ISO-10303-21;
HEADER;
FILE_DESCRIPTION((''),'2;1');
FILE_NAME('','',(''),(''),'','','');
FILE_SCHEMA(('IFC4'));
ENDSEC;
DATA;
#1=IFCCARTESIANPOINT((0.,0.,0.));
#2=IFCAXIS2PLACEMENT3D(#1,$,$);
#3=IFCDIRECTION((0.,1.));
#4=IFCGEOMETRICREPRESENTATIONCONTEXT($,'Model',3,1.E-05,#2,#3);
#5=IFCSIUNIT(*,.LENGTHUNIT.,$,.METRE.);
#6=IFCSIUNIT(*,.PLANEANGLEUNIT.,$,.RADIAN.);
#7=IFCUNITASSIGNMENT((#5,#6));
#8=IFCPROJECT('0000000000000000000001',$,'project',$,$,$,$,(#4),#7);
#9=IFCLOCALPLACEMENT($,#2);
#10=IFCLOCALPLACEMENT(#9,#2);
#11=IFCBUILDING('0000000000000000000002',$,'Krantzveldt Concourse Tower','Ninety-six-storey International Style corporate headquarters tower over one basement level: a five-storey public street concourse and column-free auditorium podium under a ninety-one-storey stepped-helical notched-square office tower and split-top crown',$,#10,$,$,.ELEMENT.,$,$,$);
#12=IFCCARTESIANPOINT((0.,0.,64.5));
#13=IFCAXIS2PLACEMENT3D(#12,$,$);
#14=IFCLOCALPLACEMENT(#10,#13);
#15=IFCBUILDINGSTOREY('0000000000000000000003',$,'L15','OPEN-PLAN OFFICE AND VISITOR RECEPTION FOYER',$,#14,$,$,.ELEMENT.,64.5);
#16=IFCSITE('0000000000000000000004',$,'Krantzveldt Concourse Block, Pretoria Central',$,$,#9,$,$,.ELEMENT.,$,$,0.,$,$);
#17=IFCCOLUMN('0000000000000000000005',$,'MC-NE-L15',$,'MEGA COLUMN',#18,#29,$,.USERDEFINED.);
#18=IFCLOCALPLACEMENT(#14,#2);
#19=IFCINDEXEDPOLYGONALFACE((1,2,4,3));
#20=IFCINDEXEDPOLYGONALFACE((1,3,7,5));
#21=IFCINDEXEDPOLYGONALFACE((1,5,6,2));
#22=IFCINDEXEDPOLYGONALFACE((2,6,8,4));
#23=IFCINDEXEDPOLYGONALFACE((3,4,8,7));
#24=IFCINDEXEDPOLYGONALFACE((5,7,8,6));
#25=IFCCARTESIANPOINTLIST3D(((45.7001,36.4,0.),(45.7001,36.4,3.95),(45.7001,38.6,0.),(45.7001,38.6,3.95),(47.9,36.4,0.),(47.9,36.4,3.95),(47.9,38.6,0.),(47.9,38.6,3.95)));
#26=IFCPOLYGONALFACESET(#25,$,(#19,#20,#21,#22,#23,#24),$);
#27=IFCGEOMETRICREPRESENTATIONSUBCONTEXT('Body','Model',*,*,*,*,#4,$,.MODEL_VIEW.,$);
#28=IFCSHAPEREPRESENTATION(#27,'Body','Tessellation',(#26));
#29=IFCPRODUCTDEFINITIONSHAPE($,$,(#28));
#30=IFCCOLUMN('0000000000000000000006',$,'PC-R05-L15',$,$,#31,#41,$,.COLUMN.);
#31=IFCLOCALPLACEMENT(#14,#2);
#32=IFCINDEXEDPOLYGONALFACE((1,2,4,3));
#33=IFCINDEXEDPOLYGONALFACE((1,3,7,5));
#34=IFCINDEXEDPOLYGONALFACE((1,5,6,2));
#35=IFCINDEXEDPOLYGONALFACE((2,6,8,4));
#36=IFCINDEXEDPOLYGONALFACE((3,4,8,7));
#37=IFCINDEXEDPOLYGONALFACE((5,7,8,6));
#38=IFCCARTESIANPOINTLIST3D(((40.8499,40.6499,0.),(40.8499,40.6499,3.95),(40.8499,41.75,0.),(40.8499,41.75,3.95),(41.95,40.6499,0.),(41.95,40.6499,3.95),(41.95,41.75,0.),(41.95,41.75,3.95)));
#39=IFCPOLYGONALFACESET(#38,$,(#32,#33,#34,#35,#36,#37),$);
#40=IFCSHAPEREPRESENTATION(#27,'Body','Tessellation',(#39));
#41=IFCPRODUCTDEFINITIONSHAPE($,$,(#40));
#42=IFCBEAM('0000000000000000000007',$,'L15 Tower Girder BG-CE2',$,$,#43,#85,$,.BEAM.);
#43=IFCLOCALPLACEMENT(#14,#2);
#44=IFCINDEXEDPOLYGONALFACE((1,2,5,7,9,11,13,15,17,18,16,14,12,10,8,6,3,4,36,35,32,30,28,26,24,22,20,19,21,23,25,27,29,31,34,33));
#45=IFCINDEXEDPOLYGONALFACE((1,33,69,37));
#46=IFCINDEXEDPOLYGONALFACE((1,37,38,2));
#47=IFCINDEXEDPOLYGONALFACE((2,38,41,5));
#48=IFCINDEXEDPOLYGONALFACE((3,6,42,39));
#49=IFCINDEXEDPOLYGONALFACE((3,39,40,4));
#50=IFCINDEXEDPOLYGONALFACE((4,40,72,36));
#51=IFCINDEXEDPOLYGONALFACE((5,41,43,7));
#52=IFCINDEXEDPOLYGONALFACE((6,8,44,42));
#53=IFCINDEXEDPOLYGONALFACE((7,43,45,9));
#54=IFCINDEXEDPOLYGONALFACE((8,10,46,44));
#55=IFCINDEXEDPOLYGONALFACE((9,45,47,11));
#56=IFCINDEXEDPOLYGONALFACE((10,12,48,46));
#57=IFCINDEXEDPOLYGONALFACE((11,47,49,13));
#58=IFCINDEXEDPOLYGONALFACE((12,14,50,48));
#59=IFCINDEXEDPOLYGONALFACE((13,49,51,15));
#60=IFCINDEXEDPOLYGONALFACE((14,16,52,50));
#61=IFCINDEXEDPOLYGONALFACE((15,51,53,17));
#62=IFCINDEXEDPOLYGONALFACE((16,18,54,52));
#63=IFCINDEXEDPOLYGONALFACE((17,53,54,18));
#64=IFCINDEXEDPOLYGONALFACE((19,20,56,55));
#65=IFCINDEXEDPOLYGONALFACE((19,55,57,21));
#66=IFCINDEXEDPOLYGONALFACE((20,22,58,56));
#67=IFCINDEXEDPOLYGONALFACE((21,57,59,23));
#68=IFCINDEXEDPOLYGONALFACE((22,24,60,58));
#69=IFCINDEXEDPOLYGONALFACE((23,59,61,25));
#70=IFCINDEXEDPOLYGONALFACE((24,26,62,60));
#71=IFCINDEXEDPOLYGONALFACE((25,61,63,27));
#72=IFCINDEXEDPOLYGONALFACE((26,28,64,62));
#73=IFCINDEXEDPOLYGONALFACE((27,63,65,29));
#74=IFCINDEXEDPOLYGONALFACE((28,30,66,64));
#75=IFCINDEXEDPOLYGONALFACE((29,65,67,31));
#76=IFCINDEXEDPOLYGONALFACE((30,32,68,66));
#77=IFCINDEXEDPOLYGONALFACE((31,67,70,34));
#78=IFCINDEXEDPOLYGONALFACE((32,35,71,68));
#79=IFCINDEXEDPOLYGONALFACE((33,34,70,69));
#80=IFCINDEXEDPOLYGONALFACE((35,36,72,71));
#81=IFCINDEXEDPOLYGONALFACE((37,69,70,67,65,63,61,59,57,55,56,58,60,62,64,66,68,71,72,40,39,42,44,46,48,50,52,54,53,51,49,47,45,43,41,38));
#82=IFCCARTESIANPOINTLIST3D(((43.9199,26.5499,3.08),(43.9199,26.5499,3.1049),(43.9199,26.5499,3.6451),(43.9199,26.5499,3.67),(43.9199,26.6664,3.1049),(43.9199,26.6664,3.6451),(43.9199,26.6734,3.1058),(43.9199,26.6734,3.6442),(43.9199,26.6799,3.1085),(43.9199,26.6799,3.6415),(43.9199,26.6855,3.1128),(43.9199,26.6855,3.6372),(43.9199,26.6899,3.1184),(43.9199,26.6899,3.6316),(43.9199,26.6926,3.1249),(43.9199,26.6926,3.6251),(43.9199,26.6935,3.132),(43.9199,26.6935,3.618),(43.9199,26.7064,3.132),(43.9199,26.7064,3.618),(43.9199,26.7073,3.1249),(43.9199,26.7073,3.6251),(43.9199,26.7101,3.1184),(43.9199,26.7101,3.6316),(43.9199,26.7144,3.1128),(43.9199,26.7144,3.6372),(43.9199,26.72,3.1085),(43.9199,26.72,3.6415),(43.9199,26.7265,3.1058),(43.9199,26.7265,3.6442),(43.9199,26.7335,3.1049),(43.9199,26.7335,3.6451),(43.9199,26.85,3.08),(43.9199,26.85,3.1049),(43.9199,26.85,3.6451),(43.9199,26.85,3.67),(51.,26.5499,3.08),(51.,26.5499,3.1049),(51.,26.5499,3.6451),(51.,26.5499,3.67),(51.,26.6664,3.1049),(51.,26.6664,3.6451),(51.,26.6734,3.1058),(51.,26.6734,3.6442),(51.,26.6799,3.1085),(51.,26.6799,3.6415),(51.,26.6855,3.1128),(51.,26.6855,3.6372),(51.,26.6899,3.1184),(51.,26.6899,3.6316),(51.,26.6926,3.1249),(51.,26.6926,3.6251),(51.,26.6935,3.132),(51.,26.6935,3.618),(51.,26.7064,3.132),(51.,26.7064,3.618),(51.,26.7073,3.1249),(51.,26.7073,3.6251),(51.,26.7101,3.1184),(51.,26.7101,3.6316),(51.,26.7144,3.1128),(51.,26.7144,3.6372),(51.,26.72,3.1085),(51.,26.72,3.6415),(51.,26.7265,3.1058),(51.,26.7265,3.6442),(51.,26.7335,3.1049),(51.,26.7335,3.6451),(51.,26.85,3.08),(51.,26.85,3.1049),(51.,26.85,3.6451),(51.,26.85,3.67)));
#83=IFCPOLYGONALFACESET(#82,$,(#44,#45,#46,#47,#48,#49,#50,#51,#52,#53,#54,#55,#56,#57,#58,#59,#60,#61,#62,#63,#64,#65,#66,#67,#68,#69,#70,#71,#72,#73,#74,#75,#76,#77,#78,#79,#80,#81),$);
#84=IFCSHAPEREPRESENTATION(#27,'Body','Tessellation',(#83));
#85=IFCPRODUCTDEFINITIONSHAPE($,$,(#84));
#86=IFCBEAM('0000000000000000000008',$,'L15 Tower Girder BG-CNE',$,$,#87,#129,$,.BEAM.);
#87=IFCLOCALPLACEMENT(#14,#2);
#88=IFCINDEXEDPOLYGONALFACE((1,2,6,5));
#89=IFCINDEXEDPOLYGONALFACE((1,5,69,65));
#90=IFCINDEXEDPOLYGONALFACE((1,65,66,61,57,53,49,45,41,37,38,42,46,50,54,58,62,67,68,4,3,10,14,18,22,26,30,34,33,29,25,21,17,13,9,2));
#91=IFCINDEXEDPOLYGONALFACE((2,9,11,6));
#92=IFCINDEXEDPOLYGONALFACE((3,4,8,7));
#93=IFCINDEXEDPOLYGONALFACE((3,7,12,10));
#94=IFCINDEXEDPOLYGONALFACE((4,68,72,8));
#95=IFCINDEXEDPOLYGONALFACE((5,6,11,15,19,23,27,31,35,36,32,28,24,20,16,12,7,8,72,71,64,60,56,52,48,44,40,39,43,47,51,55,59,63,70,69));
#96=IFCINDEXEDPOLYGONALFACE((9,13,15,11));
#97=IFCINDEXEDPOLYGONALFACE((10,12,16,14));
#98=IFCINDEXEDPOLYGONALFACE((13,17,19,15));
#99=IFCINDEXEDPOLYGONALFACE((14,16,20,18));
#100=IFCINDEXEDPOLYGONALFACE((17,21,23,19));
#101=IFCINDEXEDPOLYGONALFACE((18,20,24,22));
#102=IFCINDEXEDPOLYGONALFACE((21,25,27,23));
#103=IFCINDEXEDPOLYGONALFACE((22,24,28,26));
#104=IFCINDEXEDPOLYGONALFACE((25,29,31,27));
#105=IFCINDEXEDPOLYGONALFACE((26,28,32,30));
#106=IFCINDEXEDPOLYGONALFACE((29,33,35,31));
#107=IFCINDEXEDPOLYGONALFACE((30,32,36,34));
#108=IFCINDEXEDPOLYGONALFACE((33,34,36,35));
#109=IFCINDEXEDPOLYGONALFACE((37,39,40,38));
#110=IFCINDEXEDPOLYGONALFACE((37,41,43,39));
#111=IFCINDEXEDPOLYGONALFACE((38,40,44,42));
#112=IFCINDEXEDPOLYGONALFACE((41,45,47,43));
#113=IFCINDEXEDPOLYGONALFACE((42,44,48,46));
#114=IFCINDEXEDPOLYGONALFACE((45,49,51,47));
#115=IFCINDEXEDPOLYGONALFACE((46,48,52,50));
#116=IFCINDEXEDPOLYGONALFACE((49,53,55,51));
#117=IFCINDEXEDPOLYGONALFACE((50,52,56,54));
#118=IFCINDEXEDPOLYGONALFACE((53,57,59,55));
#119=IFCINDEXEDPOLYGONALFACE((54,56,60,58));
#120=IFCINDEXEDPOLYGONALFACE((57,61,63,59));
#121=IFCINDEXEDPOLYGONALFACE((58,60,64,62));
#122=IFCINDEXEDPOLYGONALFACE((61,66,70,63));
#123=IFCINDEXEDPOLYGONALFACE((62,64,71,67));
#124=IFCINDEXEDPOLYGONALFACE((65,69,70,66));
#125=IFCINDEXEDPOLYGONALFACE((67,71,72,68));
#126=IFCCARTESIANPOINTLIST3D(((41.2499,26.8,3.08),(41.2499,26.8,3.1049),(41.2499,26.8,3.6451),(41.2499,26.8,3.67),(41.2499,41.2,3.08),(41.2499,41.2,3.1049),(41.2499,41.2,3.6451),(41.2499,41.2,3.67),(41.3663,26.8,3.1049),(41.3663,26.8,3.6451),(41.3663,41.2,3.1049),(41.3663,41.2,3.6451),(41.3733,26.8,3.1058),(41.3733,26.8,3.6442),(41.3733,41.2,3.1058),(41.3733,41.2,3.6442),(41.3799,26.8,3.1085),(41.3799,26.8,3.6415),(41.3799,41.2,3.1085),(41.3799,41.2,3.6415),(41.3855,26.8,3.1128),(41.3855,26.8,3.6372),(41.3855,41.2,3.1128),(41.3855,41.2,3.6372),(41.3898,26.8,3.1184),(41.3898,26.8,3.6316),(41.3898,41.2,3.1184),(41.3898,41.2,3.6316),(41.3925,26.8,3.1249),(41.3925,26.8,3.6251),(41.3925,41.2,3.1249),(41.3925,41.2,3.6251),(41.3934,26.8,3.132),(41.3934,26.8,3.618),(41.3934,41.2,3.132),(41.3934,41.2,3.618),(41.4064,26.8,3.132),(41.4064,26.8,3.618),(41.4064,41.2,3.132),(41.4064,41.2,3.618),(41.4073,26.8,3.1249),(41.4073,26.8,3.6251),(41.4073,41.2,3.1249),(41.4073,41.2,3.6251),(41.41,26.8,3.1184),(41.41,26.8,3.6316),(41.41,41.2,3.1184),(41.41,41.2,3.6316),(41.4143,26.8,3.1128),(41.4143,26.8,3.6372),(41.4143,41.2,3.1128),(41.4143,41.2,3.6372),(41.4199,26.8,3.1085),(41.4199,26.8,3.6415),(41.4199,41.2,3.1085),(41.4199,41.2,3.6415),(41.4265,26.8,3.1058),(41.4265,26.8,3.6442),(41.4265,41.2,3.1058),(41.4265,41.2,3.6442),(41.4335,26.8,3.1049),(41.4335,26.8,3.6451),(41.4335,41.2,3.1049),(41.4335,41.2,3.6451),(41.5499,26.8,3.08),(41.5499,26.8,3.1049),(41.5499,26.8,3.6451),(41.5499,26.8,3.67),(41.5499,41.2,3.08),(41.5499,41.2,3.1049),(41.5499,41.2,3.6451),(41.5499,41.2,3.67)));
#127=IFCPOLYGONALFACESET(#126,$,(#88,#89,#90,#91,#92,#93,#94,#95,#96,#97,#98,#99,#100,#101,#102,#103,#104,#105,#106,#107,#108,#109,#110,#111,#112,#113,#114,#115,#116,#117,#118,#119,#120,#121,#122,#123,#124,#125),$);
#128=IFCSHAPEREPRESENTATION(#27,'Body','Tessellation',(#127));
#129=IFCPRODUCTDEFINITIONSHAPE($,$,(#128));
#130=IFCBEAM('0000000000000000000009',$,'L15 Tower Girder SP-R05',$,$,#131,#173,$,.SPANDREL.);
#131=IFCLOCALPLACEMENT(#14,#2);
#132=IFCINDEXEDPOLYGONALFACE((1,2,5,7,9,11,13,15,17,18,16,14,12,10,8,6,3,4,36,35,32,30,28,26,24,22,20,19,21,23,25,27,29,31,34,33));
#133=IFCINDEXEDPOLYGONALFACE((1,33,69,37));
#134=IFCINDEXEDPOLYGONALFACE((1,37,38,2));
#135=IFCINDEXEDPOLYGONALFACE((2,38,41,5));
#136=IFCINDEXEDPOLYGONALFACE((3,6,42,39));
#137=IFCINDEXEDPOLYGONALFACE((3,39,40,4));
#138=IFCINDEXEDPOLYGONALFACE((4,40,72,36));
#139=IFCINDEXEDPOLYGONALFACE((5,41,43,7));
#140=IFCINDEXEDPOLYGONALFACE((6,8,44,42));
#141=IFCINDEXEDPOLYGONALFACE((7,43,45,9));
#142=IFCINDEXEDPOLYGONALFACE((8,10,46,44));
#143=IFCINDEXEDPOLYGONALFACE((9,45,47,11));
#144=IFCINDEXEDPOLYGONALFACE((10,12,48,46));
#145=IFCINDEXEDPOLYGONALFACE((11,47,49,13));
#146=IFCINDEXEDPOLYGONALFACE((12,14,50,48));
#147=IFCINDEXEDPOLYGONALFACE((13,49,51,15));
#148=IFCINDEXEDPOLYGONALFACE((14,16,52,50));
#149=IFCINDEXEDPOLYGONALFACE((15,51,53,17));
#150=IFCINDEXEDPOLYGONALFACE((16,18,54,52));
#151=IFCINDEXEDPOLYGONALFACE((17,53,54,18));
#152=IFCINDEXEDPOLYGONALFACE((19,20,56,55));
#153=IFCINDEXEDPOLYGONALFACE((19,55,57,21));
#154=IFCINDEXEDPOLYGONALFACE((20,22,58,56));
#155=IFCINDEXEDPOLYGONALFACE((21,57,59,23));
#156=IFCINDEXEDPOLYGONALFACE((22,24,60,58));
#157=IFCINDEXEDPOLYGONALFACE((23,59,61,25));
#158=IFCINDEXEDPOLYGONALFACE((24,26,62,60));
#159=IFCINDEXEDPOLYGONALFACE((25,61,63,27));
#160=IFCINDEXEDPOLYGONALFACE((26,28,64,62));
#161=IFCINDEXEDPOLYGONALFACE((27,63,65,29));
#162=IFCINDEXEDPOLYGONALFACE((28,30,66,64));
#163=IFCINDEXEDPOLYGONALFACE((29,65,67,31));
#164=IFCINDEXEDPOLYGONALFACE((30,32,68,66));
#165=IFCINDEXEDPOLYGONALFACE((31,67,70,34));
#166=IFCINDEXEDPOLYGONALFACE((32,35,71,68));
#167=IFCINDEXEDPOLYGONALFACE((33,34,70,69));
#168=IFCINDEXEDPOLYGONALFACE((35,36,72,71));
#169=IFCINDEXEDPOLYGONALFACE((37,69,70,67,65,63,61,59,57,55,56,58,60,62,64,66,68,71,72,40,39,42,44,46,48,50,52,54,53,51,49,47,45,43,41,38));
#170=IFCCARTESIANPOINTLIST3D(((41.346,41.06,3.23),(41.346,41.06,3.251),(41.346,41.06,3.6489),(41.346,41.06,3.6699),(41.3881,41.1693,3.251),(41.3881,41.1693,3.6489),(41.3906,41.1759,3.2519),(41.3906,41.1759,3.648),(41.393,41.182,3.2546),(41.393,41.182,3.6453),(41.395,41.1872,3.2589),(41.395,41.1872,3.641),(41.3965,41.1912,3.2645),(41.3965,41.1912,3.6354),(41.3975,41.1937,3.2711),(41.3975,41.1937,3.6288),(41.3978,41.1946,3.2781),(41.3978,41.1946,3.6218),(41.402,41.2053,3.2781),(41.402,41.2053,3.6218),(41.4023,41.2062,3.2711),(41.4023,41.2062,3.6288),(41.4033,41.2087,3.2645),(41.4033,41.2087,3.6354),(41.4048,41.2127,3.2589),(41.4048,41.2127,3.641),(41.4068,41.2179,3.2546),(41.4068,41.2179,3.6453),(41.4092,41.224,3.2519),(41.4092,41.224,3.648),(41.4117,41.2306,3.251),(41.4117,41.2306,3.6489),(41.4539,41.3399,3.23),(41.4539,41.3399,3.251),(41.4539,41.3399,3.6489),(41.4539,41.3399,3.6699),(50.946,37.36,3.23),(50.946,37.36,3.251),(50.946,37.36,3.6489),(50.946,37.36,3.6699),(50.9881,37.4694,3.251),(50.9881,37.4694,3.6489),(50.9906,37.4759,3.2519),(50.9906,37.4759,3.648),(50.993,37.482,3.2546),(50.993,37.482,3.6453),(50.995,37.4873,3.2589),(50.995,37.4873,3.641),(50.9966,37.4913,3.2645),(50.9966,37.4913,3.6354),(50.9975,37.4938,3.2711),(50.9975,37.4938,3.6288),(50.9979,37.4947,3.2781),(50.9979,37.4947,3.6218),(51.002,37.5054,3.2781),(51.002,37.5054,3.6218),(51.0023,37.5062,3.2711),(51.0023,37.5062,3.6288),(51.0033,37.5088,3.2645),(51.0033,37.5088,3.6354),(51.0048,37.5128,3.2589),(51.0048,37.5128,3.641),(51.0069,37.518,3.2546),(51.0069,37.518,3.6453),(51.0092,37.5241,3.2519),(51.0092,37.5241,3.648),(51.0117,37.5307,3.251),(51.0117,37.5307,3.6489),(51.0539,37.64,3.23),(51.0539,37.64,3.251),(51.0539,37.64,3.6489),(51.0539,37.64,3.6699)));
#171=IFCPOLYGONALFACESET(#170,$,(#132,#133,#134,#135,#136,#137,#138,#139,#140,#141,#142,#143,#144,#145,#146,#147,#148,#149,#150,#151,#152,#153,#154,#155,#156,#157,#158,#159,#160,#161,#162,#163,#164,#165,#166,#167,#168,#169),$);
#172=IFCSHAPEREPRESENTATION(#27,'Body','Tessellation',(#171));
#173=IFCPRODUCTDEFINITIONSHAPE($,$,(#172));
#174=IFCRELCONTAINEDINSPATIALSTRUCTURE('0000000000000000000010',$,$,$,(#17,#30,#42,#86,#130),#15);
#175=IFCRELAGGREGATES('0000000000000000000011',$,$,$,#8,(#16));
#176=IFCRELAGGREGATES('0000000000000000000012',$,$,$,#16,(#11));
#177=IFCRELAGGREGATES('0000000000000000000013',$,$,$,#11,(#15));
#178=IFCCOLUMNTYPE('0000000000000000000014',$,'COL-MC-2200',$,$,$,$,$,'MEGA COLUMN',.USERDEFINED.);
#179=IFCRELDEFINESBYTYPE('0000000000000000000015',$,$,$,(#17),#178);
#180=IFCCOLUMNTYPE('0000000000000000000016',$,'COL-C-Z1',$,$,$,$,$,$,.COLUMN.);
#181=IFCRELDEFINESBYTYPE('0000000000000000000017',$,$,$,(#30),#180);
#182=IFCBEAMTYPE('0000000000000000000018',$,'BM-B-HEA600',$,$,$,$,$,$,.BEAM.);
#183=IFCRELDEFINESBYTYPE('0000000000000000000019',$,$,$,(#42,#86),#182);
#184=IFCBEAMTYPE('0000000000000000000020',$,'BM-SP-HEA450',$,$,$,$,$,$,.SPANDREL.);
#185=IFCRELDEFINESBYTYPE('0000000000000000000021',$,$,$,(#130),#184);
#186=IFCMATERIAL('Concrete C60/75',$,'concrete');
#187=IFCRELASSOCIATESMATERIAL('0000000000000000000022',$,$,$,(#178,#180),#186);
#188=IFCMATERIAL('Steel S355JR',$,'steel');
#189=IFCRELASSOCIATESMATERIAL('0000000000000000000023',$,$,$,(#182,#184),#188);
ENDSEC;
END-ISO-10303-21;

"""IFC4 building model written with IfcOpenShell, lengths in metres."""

from ifc_helpers import new_model, si_unit, direction, frame, origin, origin_2d, place, context, subcontext, project, spatial, rectangle, i_section, extrude, source, transform, mapped, material, material_profile, profile_set, type_object, type_shapes, element, save


model = new_model("IFC4")

# Units and contexts
model_context = context("Model", 3, precision=1e-05, world=origin(), true_north=direction((0.0, 1.0)))
body_context = subcontext(model_context, "Body", "Model", "MODEL_VIEW")
ifc_project = project(units=[si_unit("LENGTHUNIT", "METRE"), si_unit("PLANEANGLEUNIT", "RADIAN")], contexts=[model_context])

# Site, building, storey
site_placement = place(None, origin())
site = spatial("IfcSite", under=ifc_project, at=site_placement, Name="Krantzveldt Concourse Block, Pretoria Central", CompositionType="ELEMENT", RefElevation=0.0)
building_placement = place(site_placement, origin())
building = spatial("IfcBuilding", under=site, at=building_placement, Name="Krantzveldt Concourse Tower", Description="Ninety-six-storey International Style corporate headquarters tower over one basement level: a five-storey public street concourse and column-free auditorium podium under a ninety-one-storey stepped-helical notched-square office tower and split-top crown", CompositionType="ELEMENT")
storey_placement = place(building_placement, frame((0.0, 0.0, 64.5)))
storey = spatial("IfcBuildingStorey", under=building, at=storey_placement, Name="L15", Description="OPEN-PLAN OFFICE AND VISITOR RECEPTION FOYER", CompositionType="ELEMENT", Elevation=64.5)

# Columns
ifc_material_1 = material(Name="Concrete C60/75", Category="concrete")
ifc_material_profile_1 = material_profile(ifc_material_1, rectangle(XDim=2.2, YDim=2.2, at=origin_2d()), Name="Concrete C60/75", Category="concrete")
ifc_profile_set_1 = profile_set([ifc_material_profile_1], Name="Concrete C60/75 - RC 2200x2200")
column_type_1 = type_object("IfcColumnType", Name="COL-MC-2200", ElementType="MEGA COLUMN", PredefinedType="USERDEFINED", material=ifc_profile_set_1)
shared_shape_1 = source(origin(), body_context, "Body", "SweptSolid", [
    extrude(rectangle(XDim=2.2, YDim=2.2, at=origin_2d()), origin(), (0.0, 0.0, 1.0), 3.95),
])
type_shapes(column_type_1, [shared_shape_1])
column_1_placement = place(storey_placement, frame((46.8, 37.5, 0.0), z_axis=(0.0, 0.0, 1.0), x_axis=(1.0, 0.0, 0.0)))
element("IfcColumn", 1, at=column_1_placement, inside=storey, type_object=column_type_1, Name="MC-NE-L15", ObjectType="MEGA COLUMN", PredefinedType="USERDEFINED", context=body_context, shape_type="MappedRepresentation", body=[
    mapped(shared_shape_1, transform((0.0, 0.0, 0.0), x_axis=(1.0, 0.0, 0.0), y_axis=(0.0, 1.0, 0.0), z_axis=(0.0, 0.0, 1.0), scale=1.0)),
])
ifc_material_profile_2 = material_profile(ifc_material_1, rectangle(XDim=1.1001, YDim=1.1001, at=origin_2d()), Name="Concrete C60/75", Category="concrete")
ifc_profile_set_2 = profile_set([ifc_material_profile_2], Name="Concrete C60/75 - RC 1100x1100")
column_type_2 = type_object("IfcColumnType", Name="COL-C-Z1", PredefinedType="COLUMN", material=ifc_profile_set_2)
shared_shape_2 = source(origin(), body_context, "Body", "SweptSolid", [
    extrude(rectangle(XDim=1.1001, YDim=1.1001, at=origin_2d()), origin(), (0.0, 0.0, 1.0), 3.95),
])
type_shapes(column_type_2, [shared_shape_2])
column_2_placement = place(storey_placement, frame((41.3999, 41.2, 0.0), z_axis=(0.0, 0.0, 1.0), x_axis=(1.0, 0.0, 0.0)))
element("IfcColumn", 2, at=column_2_placement, inside=storey, type_object=column_type_2, Name="PC-R05-L15", PredefinedType="COLUMN", context=body_context, shape_type="MappedRepresentation", body=[
    mapped(shared_shape_2, transform((0.0, 0.0, 0.0), x_axis=(1.0, 0.0, 0.0), y_axis=(0.0, 1.0, 0.0), z_axis=(0.0, 0.0, 1.0), scale=1.0)),
])

# Beams
ifc_material_2 = material(Name="Steel S355JR", Category="steel")
ifc_material_profile_3 = material_profile(ifc_material_2, i_section(OverallWidth=0.3, OverallDepth=0.5901, WebThickness=0.0129, FlangeThickness=0.0249, FilletRadius=0.0271, at=origin_2d()), Name="Steel S355JR", Category="steel")
ifc_profile_set_3 = profile_set([ifc_material_profile_3], Name="Steel S355JR - HEA 600")
beam_type_1 = type_object("IfcBeamType", Name="BM-B-HEA600", PredefinedType="BEAM", material=ifc_profile_set_3)
shared_shape_3 = source(origin(), body_context, "Body", "SweptSolid", [
    extrude(i_section(OverallWidth=0.3, OverallDepth=0.5901, WebThickness=0.0129, FlangeThickness=0.0249, FilletRadius=0.0271, at=origin_2d()), origin(), (0.0, 0.0, 1.0), 7.0801),
])
beam_1_placement = place(storey_placement, frame((43.9199, 26.7, 3.375), z_axis=(1.0, 0.0, 0.0), x_axis=(0.0, 1.0, 0.0)))
element("IfcBeam", 3, at=beam_1_placement, inside=storey, type_object=beam_type_1, Name="L15 Tower Girder BG-CE2", PredefinedType="BEAM", context=body_context, shape_type="MappedRepresentation", body=[
    mapped(shared_shape_3, transform((0.0, 0.0, 0.0), x_axis=(1.0, 0.0, 0.0), y_axis=(0.0, 1.0, 0.0), z_axis=(0.0, 0.0, 1.0), scale=1.0)),
])
shared_shape_4 = source(origin(), body_context, "Body", "SweptSolid", [
    extrude(i_section(OverallWidth=0.3, OverallDepth=0.5901, WebThickness=0.0129, FlangeThickness=0.0249, FilletRadius=0.0271, at=origin_2d()), origin(), (0.0, 0.0, 1.0), 14.3999),
])
beam_2_placement = place(storey_placement, frame((41.3999, 26.8, 3.375), z_axis=(0.0, 1.0, 0.0), x_axis=(-1.0, 0.0, 0.0)))
element("IfcBeam", 4, at=beam_2_placement, inside=storey, type_object=beam_type_1, Name="L15 Tower Girder BG-CNE", PredefinedType="BEAM", context=body_context, shape_type="MappedRepresentation", body=[
    mapped(shared_shape_4, transform((0.0, 0.0, 0.0), x_axis=(1.0, 0.0, 0.0), y_axis=(0.0, 1.0, 0.0), z_axis=(0.0, 0.0, 1.0), scale=1.0)),
])
ifc_material_profile_4 = material_profile(ifc_material_2, i_section(OverallWidth=0.3, OverallDepth=0.4399, WebThickness=0.0115, FlangeThickness=0.021, FilletRadius=0.0271, at=origin_2d()), Name="Steel S355JR", Category="steel")
ifc_profile_set_4 = profile_set([ifc_material_profile_4], Name="Steel S355JR - HEA 450")
beam_type_2 = type_object("IfcBeamType", Name="BM-SP-HEA450", PredefinedType="SPANDREL", material=ifc_profile_set_4)
shared_shape_5 = source(origin(), body_context, "Body", "SweptSolid", [
    extrude(i_section(OverallWidth=0.3, OverallDepth=0.4399, WebThickness=0.0115, FlangeThickness=0.021, FilletRadius=0.0271, at=origin_2d()), origin(), (0.0, 0.0, 1.0), 10.2883),
])
type_shapes(beam_type_2, [shared_shape_5])
beam_3_placement = place(storey_placement, frame((41.3999, 41.2, 3.45), z_axis=(0.933098, -0.359623, 0.0), x_axis=(0.359623, 0.933098, 0.0)))
element("IfcBeam", 5, at=beam_3_placement, inside=storey, type_object=beam_type_2, Name="L15 Tower Girder SP-R05", PredefinedType="SPANDREL", context=body_context, shape_type="MappedRepresentation", body=[
    mapped(shared_shape_5, transform((0.0, 0.0, 0.0), x_axis=(1.0, 0.0, 0.0), y_axis=(0.0, 1.0, 0.0), z_axis=(0.0, 0.0, 1.0), scale=1.0)),
])

save(model, "model.ifc")
